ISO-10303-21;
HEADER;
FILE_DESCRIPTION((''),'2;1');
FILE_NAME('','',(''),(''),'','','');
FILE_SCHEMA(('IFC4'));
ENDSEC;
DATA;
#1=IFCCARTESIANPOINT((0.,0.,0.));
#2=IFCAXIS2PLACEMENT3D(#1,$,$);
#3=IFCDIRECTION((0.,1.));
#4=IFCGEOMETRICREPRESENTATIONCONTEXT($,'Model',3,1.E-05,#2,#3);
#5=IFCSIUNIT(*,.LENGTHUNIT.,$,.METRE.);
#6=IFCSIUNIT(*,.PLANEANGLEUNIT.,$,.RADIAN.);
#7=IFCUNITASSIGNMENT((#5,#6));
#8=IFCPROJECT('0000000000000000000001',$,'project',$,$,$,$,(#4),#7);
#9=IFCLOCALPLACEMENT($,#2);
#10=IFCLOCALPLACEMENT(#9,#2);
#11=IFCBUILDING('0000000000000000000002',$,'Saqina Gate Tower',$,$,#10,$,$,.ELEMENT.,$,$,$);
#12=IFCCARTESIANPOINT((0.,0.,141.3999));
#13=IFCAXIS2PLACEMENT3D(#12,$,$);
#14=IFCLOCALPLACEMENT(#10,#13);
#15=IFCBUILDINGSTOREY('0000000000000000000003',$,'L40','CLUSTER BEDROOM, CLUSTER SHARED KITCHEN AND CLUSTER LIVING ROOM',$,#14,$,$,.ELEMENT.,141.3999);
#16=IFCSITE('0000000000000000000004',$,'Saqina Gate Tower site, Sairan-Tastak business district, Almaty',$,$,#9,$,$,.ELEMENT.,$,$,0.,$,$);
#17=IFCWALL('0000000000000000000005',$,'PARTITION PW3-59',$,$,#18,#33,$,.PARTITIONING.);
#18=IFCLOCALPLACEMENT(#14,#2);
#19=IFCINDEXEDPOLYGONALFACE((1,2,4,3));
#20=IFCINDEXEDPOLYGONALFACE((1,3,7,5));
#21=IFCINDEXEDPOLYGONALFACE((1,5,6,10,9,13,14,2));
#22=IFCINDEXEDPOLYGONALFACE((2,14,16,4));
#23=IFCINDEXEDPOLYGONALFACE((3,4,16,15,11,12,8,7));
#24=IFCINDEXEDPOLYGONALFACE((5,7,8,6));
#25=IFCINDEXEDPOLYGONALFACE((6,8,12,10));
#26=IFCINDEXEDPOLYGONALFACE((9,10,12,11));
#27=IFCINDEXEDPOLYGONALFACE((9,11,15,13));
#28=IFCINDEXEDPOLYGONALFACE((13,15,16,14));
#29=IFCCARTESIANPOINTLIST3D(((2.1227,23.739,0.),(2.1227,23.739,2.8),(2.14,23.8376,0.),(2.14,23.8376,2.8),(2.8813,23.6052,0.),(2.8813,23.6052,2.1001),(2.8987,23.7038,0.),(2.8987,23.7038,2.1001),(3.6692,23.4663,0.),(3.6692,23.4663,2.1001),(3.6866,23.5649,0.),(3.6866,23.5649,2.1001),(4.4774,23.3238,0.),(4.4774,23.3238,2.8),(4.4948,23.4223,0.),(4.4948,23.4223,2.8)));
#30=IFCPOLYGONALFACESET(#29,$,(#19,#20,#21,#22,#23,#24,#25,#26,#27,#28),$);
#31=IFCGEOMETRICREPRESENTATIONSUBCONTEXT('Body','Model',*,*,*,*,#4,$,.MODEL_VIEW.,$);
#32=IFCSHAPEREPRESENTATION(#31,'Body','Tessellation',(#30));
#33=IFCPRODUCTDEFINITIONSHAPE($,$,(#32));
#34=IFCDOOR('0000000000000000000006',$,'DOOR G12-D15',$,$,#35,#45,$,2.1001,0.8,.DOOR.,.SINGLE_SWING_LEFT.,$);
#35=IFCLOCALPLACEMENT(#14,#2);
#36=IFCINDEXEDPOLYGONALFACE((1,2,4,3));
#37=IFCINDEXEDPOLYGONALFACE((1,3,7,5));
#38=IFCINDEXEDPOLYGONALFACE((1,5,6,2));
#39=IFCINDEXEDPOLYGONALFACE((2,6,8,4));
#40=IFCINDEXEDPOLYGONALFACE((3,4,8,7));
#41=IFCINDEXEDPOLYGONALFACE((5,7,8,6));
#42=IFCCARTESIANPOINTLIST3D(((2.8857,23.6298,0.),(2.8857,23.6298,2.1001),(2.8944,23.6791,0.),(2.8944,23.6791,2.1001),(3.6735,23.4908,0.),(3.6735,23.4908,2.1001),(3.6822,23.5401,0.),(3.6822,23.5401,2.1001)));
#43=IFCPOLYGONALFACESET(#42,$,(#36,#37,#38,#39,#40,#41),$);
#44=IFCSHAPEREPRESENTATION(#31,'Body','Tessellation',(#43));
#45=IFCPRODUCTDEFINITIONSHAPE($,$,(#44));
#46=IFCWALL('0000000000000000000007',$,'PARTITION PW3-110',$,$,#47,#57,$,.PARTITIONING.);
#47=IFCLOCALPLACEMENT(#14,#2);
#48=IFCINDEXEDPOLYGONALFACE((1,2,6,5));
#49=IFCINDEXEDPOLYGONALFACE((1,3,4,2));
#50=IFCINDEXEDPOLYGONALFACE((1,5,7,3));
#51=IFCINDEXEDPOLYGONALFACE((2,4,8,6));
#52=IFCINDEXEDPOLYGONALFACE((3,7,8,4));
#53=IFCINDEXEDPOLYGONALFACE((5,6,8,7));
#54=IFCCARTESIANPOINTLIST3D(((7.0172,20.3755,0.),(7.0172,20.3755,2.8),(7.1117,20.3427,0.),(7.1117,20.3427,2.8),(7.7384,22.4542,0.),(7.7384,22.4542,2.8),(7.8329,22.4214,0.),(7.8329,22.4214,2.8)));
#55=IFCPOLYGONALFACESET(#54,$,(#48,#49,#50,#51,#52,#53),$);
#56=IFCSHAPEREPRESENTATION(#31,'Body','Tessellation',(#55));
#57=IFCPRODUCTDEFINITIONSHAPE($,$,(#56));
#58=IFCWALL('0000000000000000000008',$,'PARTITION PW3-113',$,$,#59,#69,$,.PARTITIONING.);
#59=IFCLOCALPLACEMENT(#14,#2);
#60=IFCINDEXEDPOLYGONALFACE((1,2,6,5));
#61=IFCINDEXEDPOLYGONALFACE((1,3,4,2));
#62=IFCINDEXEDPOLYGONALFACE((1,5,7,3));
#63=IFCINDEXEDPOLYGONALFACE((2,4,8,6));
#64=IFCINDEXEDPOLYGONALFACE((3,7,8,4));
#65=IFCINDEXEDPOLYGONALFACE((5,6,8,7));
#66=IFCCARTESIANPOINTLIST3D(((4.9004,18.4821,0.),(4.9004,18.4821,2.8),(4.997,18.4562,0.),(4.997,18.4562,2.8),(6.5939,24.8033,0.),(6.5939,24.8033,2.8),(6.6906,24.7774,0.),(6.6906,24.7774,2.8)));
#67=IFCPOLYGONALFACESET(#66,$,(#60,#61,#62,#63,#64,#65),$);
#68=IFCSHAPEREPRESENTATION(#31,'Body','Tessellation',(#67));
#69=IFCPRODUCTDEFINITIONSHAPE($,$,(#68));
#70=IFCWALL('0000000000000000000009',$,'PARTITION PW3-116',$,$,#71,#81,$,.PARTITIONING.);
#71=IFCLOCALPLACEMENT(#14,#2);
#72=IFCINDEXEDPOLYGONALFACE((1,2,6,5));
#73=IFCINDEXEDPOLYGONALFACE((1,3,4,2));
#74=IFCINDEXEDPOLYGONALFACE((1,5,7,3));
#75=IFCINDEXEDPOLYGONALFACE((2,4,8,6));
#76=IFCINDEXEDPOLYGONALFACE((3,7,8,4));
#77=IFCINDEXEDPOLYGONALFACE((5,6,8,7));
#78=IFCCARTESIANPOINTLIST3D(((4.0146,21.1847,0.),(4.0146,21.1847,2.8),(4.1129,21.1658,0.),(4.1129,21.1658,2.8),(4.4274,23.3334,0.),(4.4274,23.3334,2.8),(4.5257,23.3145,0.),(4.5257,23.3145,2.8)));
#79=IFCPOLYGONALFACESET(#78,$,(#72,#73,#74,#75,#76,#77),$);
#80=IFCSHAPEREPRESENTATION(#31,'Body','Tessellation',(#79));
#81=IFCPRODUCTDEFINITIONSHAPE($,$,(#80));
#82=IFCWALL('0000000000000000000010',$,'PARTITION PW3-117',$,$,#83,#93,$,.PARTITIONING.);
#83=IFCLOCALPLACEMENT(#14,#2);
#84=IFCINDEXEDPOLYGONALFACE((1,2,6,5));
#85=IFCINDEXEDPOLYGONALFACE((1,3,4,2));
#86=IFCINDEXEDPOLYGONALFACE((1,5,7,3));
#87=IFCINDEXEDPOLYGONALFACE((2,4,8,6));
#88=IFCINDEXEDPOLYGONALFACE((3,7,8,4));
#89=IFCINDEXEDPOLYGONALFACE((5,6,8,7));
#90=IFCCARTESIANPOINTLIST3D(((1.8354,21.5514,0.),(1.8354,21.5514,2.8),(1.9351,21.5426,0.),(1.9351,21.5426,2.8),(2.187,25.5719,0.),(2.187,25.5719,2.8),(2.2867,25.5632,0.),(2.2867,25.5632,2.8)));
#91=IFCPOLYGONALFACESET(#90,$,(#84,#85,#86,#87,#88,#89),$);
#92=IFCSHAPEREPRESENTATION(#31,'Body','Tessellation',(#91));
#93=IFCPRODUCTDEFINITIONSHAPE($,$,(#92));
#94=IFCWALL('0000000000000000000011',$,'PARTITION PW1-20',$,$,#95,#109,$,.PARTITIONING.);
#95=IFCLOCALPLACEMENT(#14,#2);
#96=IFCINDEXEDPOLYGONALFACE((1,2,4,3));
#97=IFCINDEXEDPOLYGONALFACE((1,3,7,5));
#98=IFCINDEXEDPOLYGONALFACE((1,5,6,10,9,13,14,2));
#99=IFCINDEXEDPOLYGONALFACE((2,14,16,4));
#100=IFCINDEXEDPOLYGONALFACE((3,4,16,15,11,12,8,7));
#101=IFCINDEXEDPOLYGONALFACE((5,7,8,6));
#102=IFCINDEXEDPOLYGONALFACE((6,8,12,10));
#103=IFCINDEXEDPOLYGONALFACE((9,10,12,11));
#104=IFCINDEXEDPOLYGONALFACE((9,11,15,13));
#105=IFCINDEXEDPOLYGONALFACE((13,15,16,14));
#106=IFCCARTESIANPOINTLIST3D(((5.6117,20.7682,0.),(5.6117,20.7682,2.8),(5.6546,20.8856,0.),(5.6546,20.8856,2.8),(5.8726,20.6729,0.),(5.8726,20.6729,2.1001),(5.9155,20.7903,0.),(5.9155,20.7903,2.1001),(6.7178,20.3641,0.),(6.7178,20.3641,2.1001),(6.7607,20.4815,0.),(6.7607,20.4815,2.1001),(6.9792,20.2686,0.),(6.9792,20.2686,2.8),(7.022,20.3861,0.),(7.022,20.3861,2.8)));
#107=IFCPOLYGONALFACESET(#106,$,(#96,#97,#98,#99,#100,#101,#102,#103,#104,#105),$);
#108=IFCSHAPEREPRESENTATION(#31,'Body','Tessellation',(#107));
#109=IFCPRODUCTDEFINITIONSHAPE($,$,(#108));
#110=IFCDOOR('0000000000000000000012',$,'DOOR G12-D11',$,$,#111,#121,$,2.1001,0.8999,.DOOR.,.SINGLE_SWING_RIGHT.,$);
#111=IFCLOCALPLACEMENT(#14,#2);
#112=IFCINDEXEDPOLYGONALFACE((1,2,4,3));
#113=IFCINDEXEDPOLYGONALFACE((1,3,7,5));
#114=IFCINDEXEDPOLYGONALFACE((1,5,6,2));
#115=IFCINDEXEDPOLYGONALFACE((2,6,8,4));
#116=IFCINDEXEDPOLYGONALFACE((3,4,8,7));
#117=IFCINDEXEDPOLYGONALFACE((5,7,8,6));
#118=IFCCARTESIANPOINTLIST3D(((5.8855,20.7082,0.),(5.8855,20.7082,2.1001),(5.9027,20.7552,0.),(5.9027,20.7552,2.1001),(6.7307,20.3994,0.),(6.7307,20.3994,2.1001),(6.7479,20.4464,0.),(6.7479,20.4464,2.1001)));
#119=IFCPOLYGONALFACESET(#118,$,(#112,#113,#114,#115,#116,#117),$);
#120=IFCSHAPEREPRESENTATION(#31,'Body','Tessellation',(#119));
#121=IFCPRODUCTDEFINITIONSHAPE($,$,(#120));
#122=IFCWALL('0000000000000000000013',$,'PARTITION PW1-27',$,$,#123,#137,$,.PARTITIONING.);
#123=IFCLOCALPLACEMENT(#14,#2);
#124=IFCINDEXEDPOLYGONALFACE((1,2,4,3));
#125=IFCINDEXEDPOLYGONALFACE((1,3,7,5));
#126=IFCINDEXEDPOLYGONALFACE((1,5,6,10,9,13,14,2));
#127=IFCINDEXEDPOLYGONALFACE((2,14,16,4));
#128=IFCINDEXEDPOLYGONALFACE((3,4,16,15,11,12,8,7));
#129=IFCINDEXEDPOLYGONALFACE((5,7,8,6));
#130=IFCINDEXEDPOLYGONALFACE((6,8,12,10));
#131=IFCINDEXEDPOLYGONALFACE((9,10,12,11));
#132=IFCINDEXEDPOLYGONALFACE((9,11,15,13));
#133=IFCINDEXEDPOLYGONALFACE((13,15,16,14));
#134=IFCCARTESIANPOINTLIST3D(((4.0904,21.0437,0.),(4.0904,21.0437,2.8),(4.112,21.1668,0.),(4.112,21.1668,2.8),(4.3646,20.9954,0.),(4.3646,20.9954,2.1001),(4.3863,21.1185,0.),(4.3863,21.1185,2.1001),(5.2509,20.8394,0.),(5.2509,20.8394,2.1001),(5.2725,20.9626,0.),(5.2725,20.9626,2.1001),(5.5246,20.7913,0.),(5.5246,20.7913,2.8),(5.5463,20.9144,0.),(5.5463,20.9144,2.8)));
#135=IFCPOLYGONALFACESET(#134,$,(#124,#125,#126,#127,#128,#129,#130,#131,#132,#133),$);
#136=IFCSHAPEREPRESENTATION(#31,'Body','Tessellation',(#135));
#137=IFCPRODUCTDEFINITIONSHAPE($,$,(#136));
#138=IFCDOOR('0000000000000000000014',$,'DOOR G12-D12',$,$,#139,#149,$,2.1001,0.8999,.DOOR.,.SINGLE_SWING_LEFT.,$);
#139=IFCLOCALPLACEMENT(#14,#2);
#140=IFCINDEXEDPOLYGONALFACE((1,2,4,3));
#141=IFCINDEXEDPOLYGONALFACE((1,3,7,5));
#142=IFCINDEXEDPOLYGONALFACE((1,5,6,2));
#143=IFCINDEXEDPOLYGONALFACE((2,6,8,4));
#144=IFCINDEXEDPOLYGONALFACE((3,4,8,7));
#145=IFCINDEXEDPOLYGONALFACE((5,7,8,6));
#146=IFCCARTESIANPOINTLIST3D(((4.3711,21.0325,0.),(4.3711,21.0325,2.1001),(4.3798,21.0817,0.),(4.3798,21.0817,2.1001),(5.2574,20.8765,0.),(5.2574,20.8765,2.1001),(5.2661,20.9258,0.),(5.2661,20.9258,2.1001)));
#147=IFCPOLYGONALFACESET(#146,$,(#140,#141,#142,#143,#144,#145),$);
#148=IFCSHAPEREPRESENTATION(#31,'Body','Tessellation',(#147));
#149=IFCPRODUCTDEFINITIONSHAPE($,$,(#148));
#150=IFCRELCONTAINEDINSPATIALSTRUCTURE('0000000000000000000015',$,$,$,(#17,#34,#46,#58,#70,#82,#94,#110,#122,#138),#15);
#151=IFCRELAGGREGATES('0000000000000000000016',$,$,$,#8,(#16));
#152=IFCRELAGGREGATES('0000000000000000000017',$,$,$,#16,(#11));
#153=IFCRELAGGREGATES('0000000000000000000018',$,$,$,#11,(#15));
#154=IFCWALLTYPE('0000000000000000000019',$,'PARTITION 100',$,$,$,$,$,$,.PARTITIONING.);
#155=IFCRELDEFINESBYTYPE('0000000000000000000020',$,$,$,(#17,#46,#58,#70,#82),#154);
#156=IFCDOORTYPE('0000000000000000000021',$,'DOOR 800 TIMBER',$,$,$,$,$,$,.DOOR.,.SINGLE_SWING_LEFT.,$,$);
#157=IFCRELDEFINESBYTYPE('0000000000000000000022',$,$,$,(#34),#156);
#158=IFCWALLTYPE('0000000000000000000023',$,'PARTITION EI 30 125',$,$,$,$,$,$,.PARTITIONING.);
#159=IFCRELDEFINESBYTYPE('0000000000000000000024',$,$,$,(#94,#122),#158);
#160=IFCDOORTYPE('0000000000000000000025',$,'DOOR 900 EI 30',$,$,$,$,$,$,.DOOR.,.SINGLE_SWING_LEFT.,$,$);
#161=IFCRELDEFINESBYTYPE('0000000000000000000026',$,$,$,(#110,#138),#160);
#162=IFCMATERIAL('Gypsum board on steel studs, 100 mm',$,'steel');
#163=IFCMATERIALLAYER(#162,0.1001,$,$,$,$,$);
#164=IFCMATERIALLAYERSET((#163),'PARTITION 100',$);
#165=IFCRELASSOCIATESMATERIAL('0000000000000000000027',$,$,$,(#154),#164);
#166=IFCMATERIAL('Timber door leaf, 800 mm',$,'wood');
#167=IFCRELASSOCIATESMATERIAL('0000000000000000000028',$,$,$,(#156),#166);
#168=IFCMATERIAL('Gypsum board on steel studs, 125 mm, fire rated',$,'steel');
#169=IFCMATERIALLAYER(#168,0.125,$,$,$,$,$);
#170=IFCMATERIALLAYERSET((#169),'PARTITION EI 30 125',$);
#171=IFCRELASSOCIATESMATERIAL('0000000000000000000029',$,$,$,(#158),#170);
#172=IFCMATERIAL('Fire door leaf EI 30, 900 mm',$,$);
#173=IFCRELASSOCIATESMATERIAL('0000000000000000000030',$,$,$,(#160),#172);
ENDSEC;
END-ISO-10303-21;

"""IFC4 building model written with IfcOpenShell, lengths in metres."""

from ifc_helpers import new_model, si_unit, direction, frame, frame_2d, origin, place, context, subcontext, project, spatial, rectangle, extrude, material, layer, layer_set, type_object, element, fill, save


model = new_model("IFC4")

# Units and contexts
model_context = context("Model", 3, precision=1e-05, world=origin(), true_north=direction((0.0, 1.0)))
body_context = subcontext(model_context, "Body", "Model", "MODEL_VIEW")
ifc_project = project(units=[si_unit("LENGTHUNIT", "METRE"), si_unit("PLANEANGLEUNIT", "RADIAN")], contexts=[model_context])

# Site, building, storey
site_placement = place(None, origin())
site = spatial("IfcSite", under=ifc_project, at=site_placement, Name="Saqina Gate Tower site, Sairan-Tastak business district, Almaty", CompositionType="ELEMENT", RefElevation=0.0)
building_placement = place(site_placement, origin())
building = spatial("IfcBuilding", under=site, at=building_placement, Name="Saqina Gate Tower", CompositionType="ELEMENT")
storey_placement = place(building_placement, frame((0.0, 0.0, 141.3999)))
storey = spatial("IfcBuildingStorey", under=building, at=storey_placement, Name="L40", Description="CLUSTER BEDROOM, CLUSTER SHARED KITCHEN AND CLUSTER LIVING ROOM", CompositionType="ELEMENT", Elevation=141.3999)

# Shared definitions
ifc_material_1 = material(Name="Gypsum board on steel studs, 100 mm", Category="steel")
ifc_layer_1 = layer(ifc_material_1, 0.1001)
ifc_layer_set_1 = layer_set([ifc_layer_1], Name="PARTITION 100")
wall_type_1 = type_object("IfcWallType", Name="PARTITION 100", PredefinedType="PARTITIONING", material=ifc_layer_set_1)

# Wall, opening, door
wall_1_placement = place(storey_placement, frame((2.1313, 23.7883, 0.0), z_axis=(0.0, 0.0, 1.0), x_axis=(0.984802, -0.17368, 0.0)))
wall_1 = element("IfcWall", 1, at=wall_1_placement, inside=storey, type_object=wall_type_1, Name="PARTITION PW3-59", PredefinedType="PARTITIONING", context=body_context, shape_type="SweptSolid", body=[
    extrude(rectangle(XDim=2.3911, YDim=0.1001, at=frame_2d((1.1956, 0.0))), origin(), (0.0, 0.0, 1.0), 2.8),
])
opening_1_placement = place(wall_1_placement, frame((0.7705, 0.0, 0.0)))
opening_1 = element("IfcOpeningElement", 2, at=opening_1_placement, cuts=wall_1, PredefinedType="OPENING", context=body_context, shape_type="SweptSolid", body=[
    extrude(rectangle(XDim=0.8, YDim=2.1001, at=frame_2d((0.3999, 1.05))), frame((0.0, 0.062, 0.0), z_axis=(0.0, -1.0, 0.0), x_axis=(1.0, 0.0, 0.0)), (0.0, 0.0, 1.0), 0.124),
])
ifc_material_2 = material(Name="Timber door leaf, 800 mm", Category="wood")
door_type_1 = type_object("IfcDoorType", Name="DOOR 800 TIMBER", OperationType="SINGLE_SWING_LEFT", PredefinedType="DOOR", material=ifc_material_2)
door_1_placement = place(opening_1_placement, origin())
door_1 = element("IfcDoor", 3, at=door_1_placement, inside=storey, type_object=door_type_1, Name="DOOR G12-D15", OperationType="SINGLE_SWING_LEFT", OverallHeight=2.1001, OverallWidth=0.8, PredefinedType="DOOR", context=body_context, shape_type="SweptSolid", body=[
    extrude(rectangle(XDim=0.8, YDim=2.1001, at=frame_2d((0.3999, 1.05))), frame((0.0, 0.0249, 0.0), z_axis=(0.0, -1.0, 0.0), x_axis=(1.0, 0.0, 0.0)), (0.0, 0.0, 1.0), 0.05),
])
fill(opening_1, door_1)

# Walls
wall_2_placement = place(storey_placement, frame((7.0645, 20.3591, 0.0), z_axis=(0.0, 0.0, 1.0), x_axis=(0.327789, 0.944751, 0.0)))
element("IfcWall", 4, at=wall_2_placement, inside=storey, type_object=wall_type_1, Name="PARTITION PW3-110", PredefinedType="PARTITIONING", context=body_context, shape_type="SweptSolid", body=[
    extrude(rectangle(XDim=2.2002, YDim=0.1001, at=frame_2d((1.1001, 0.0))), origin(), (0.0, 0.0, 1.0), 2.8),
])
wall_3_placement = place(storey_placement, frame((4.9487, 18.4692, 0.0), z_axis=(0.0, 0.0, 1.0), x_axis=(0.258793, 0.965933, 0.0)))
element("IfcWall", 5, at=wall_3_placement, inside=storey, type_object=wall_type_1, Name="PARTITION PW3-113", PredefinedType="PARTITIONING", context=body_context, shape_type="SweptSolid", body=[
    extrude(rectangle(XDim=6.5442, YDim=0.1001, at=frame_2d((3.272, 0.0))), origin(), (0.0, 0.0, 1.0), 2.8),
])
wall_4_placement = place(storey_placement, frame((4.0637, 21.1753, 0.0), z_axis=(0.0, 0.0, 1.0), x_axis=(0.188686, 0.982037, 0.0)))
element("IfcWall", 6, at=wall_4_placement, inside=storey, type_object=wall_type_1, Name="PARTITION PW3-116", PredefinedType="PARTITIONING", context=body_context, shape_type="SweptSolid", body=[
    extrude(rectangle(XDim=2.188, YDim=0.1001, at=frame_2d((1.094, 0.0))), origin(), (0.0, 0.0, 1.0), 2.8),
])
wall_5_placement = place(storey_placement, frame((1.8853, 21.5469, 0.0), z_axis=(0.0, 0.0, 1.0), x_axis=(0.08711, 0.996199, 0.0)))
element("IfcWall", 7, at=wall_5_placement, inside=storey, type_object=wall_type_1, Name="PARTITION PW3-117", PredefinedType="PARTITIONING", context=body_context, shape_type="SweptSolid", body=[
    extrude(rectangle(XDim=4.0359, YDim=0.1001, at=frame_2d((2.0181, 0.0))), origin(), (0.0, 0.0, 1.0), 2.8),
])

# Walls, openings, doors
ifc_material_3 = material(Name="Gypsum board on steel studs, 125 mm, fire rated", Category="steel")
ifc_layer_2 = layer(ifc_material_3, 0.125)
ifc_layer_set_2 = layer_set([ifc_layer_2], Name="PARTITION EI 30 125")
wall_type_2 = type_object("IfcWallType", Name="PARTITION EI 30 125", PredefinedType="PARTITIONING", material=ifc_layer_set_2)
wall_6_placement = place(storey_placement, frame((5.6331, 20.8269, 0.0), z_axis=(0.0, 0.0, 1.0), x_axis=(0.939293, -0.343116, 0.0)))
wall_6 = element("IfcWall", 8, at=wall_6_placement, inside=storey, type_object=wall_type_2, Name="PARTITION PW1-20", PredefinedType="PARTITIONING", context=body_context, shape_type="SweptSolid", body=[
    extrude(rectangle(XDim=1.4558, YDim=0.125, at=frame_2d((0.728, 0.0))), origin(), (0.0, 0.0, 1.0), 2.8),
])
opening_2_placement = place(wall_6_placement, frame((0.2778, 0.0, 0.0)))
opening_2 = element("IfcOpeningElement", 9, at=opening_2_placement, cuts=wall_6, PredefinedType="OPENING", context=body_context, shape_type="SweptSolid", body=[
    extrude(rectangle(XDim=0.8999, YDim=2.1001, at=frame_2d((0.45, 1.05))), frame((0.0, 0.0745, 0.0), z_axis=(0.0, -1.0, 0.0), x_axis=(1.0, 0.0, 0.0)), (0.0, 0.0, 1.0), 0.1489),
])
ifc_material_4 = material(Name="Fire door leaf EI 30, 900 mm")
door_type_2 = type_object("IfcDoorType", Name="DOOR 900 EI 30", OperationType="SINGLE_SWING_LEFT", PredefinedType="DOOR", material=ifc_material_4)
door_2_placement = place(opening_2_placement, frame((0.8999, 0.0, 0.0), z_axis=(0.0, 0.0, 1.0), x_axis=(-1.0, 0.0, 0.0)))
door_2 = element("IfcDoor", 10, at=door_2_placement, inside=storey, type_object=door_type_2, Name="DOOR G12-D11", OperationType="SINGLE_SWING_RIGHT", OverallHeight=2.1001, OverallWidth=0.8999, PredefinedType="DOOR", context=body_context, shape_type="SweptSolid", body=[
    extrude(rectangle(XDim=0.8999, YDim=2.1001, at=frame_2d((0.45, 1.05))), frame((0.0, 0.0249, 0.0), z_axis=(0.0, -1.0, 0.0), x_axis=(1.0, 0.0, 0.0)), (0.0, 0.0, 1.0), 0.05),
])
fill(opening_2, door_2)
wall_7_placement = place(storey_placement, frame((4.1013, 21.1052, 0.0), z_axis=(0.0, 0.0, 1.0), x_axis=(0.984863, -0.173336, 0.0)))
wall_7 = element("IfcWall", 11, at=wall_7_placement, inside=storey, type_object=wall_type_2, Name="PARTITION PW1-27", PredefinedType="PARTITIONING", context=body_context, shape_type="SweptSolid", body=[
    extrude(rectangle(XDim=1.4563, YDim=0.125, at=frame_2d((0.728, 0.0))), origin(), (0.0, 0.0, 1.0), 2.8),
])
opening_3_placement = place(wall_7_placement, frame((0.2783, 0.0, 0.0)))
opening_3 = element("IfcOpeningElement", 12, at=opening_3_placement, cuts=wall_7, PredefinedType="OPENING", context=body_context, shape_type="SweptSolid", body=[
    extrude(rectangle(XDim=0.8999, YDim=2.1001, at=frame_2d((0.45, 1.05))), frame((0.0, 0.0745, 0.0), z_axis=(0.0, -1.0, 0.0), x_axis=(1.0, 0.0, 0.0)), (0.0, 0.0, 1.0), 0.1489),
])
door_3_placement = place(opening_3_placement, frame((0.8999, 0.0, 0.0), z_axis=(0.0, 0.0, 1.0), x_axis=(-1.0, 0.0, 0.0)))
door_3 = element("IfcDoor", 13, at=door_3_placement, inside=storey, type_object=door_type_2, Name="DOOR G12-D12", OperationType="SINGLE_SWING_LEFT", OverallHeight=2.1001, OverallWidth=0.8999, PredefinedType="DOOR", context=body_context, shape_type="SweptSolid", body=[
    extrude(rectangle(XDim=0.8999, YDim=2.1001, at=frame_2d((0.45, 1.05))), frame((0.0, 0.0249, 0.0), z_axis=(0.0, -1.0, 0.0), x_axis=(1.0, 0.0, 0.0)), (0.0, 0.0, 1.0), 0.05),
])
fill(opening_3, door_3)

save(model, "model.ifc")
